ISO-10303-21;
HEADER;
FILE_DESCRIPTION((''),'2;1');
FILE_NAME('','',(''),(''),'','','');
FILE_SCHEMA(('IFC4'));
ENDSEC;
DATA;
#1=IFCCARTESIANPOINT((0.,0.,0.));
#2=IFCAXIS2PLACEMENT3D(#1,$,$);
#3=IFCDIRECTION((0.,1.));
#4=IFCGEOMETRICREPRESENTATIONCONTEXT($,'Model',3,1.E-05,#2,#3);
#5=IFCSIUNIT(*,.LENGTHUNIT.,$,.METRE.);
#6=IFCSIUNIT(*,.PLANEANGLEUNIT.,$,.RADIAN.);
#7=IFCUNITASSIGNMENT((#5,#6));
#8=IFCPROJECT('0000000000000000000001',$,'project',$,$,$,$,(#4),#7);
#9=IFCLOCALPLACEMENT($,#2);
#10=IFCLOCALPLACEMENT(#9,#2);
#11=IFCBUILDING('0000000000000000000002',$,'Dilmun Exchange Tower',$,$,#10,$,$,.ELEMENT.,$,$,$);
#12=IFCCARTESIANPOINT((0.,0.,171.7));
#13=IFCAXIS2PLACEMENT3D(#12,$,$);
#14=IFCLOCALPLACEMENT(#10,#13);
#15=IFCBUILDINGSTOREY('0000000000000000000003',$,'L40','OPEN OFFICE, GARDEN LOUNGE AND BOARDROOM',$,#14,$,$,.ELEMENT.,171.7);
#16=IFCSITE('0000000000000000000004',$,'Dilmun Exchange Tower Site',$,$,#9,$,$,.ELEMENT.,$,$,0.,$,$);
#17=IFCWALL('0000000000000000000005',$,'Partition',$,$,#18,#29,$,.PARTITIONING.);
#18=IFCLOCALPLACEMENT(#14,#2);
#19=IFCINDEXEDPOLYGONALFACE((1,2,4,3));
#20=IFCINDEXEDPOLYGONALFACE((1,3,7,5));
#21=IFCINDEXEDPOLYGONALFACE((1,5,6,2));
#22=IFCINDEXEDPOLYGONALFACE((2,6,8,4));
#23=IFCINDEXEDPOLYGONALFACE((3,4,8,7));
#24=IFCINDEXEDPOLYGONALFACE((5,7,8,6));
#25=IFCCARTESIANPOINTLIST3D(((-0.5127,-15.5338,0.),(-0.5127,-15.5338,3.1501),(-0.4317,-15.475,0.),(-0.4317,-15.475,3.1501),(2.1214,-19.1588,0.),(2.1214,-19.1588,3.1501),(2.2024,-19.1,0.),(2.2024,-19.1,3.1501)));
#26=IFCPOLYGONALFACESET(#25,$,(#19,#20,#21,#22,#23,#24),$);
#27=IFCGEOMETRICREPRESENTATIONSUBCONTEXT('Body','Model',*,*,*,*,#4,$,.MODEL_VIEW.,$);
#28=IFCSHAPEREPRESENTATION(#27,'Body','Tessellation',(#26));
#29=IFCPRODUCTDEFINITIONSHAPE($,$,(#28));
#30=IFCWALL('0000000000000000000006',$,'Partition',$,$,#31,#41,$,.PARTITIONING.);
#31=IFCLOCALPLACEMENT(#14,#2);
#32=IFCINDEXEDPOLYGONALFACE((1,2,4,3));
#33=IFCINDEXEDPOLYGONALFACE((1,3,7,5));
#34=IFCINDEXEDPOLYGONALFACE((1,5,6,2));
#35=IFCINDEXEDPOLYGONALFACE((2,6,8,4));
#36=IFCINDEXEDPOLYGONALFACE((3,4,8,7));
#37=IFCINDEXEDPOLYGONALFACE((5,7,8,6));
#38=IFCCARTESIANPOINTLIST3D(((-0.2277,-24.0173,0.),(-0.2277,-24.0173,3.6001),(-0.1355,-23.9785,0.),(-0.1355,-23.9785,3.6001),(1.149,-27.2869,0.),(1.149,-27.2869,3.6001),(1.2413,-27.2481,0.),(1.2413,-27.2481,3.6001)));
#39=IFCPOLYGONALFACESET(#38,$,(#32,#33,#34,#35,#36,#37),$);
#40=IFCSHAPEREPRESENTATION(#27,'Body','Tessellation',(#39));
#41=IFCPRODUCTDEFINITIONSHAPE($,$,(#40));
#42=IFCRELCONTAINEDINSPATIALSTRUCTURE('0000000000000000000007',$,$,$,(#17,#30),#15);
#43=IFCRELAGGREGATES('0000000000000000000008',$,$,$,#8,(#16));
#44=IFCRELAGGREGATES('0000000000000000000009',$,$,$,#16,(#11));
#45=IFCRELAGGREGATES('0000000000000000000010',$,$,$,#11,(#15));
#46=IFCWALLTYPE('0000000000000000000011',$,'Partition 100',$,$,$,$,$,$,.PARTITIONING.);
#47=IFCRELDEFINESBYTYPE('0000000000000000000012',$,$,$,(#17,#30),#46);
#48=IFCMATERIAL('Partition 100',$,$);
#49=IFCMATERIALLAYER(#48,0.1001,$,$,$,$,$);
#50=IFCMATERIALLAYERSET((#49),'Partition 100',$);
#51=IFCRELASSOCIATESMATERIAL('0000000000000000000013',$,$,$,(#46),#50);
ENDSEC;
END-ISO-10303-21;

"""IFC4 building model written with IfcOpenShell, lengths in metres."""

from ifc_helpers import new_model, si_unit, direction, frame, frame_2d, origin, place, context, subcontext, project, spatial, rectangle, extrude, material, layer, layer_set, type_object, element, save


model = new_model("IFC4")

# Units and contexts
model_context = context("Model", 3, precision=1e-05, world=origin(), true_north=direction((0.0, 1.0)))
body_context = subcontext(model_context, "Body", "Model", "MODEL_VIEW")
ifc_project = project(units=[si_unit("LENGTHUNIT", "METRE"), si_unit("PLANEANGLEUNIT", "RADIAN")], contexts=[model_context])

# Site, building, storey
site_placement = place(None, origin())
site = spatial("IfcSite", under=ifc_project, at=site_placement, Name="Dilmun Exchange Tower Site", CompositionType="ELEMENT", RefElevation=0.0)
building_placement = place(site_placement, origin())
building = spatial("IfcBuilding", under=site, at=building_placement, Name="Dilmun Exchange Tower", CompositionType="ELEMENT")
storey_placement = place(building_placement, frame((0.0, 0.0, 171.7)))
storey = spatial("IfcBuildingStorey", under=building, at=storey_placement, Name="L40", Description="OPEN OFFICE, GARDEN LOUNGE AND BOARDROOM", CompositionType="ELEMENT", Elevation=171.7)

# Walls
ifc_material_1 = material(Name="Partition 100")
ifc_layer_1 = layer(ifc_material_1, 0.1001)
ifc_layer_set_1 = layer_set([ifc_layer_1], Name="Partition 100")
wall_type_1 = type_object("IfcWallType", Name="Partition 100", PredefinedType="PARTITIONING", material=ifc_layer_set_1)
wall_1_placement = place(storey_placement, frame((-0.4722, -15.5044, 0.0), z_axis=(0.0, 0.0, 1.0), x_axis=(0.587831, -0.808983, 0.0)))
element("IfcWall", 1, at=wall_1_placement, inside=storey, type_object=wall_type_1, Name="Partition", PredefinedType="PARTITIONING", context=body_context, shape_type="SweptSolid", body=[
    extrude(rectangle(XDim=4.481, YDim=0.1001, at=frame_2d((2.2405, 0.0))), origin(), (0.0, 0.0, 1.0), 3.1501),
])
wall_2_placement = place(storey_placement, frame((-0.1816, -23.9978, 0.0), z_axis=(0.0, 0.0, 1.0), x_axis=(0.388072, -0.921629, 0.0)))
element("IfcWall", 2, at=wall_2_placement, inside=storey, type_object=wall_type_1, Name="Partition", PredefinedType="PARTITIONING", context=body_context, shape_type="SweptSolid", body=[
    extrude(rectangle(XDim=3.5476, YDim=0.1001, at=frame_2d((1.7739, 0.0))), origin(), (0.0, 0.0, 1.0), 3.6001),
])

save(model, "model.ifc")
